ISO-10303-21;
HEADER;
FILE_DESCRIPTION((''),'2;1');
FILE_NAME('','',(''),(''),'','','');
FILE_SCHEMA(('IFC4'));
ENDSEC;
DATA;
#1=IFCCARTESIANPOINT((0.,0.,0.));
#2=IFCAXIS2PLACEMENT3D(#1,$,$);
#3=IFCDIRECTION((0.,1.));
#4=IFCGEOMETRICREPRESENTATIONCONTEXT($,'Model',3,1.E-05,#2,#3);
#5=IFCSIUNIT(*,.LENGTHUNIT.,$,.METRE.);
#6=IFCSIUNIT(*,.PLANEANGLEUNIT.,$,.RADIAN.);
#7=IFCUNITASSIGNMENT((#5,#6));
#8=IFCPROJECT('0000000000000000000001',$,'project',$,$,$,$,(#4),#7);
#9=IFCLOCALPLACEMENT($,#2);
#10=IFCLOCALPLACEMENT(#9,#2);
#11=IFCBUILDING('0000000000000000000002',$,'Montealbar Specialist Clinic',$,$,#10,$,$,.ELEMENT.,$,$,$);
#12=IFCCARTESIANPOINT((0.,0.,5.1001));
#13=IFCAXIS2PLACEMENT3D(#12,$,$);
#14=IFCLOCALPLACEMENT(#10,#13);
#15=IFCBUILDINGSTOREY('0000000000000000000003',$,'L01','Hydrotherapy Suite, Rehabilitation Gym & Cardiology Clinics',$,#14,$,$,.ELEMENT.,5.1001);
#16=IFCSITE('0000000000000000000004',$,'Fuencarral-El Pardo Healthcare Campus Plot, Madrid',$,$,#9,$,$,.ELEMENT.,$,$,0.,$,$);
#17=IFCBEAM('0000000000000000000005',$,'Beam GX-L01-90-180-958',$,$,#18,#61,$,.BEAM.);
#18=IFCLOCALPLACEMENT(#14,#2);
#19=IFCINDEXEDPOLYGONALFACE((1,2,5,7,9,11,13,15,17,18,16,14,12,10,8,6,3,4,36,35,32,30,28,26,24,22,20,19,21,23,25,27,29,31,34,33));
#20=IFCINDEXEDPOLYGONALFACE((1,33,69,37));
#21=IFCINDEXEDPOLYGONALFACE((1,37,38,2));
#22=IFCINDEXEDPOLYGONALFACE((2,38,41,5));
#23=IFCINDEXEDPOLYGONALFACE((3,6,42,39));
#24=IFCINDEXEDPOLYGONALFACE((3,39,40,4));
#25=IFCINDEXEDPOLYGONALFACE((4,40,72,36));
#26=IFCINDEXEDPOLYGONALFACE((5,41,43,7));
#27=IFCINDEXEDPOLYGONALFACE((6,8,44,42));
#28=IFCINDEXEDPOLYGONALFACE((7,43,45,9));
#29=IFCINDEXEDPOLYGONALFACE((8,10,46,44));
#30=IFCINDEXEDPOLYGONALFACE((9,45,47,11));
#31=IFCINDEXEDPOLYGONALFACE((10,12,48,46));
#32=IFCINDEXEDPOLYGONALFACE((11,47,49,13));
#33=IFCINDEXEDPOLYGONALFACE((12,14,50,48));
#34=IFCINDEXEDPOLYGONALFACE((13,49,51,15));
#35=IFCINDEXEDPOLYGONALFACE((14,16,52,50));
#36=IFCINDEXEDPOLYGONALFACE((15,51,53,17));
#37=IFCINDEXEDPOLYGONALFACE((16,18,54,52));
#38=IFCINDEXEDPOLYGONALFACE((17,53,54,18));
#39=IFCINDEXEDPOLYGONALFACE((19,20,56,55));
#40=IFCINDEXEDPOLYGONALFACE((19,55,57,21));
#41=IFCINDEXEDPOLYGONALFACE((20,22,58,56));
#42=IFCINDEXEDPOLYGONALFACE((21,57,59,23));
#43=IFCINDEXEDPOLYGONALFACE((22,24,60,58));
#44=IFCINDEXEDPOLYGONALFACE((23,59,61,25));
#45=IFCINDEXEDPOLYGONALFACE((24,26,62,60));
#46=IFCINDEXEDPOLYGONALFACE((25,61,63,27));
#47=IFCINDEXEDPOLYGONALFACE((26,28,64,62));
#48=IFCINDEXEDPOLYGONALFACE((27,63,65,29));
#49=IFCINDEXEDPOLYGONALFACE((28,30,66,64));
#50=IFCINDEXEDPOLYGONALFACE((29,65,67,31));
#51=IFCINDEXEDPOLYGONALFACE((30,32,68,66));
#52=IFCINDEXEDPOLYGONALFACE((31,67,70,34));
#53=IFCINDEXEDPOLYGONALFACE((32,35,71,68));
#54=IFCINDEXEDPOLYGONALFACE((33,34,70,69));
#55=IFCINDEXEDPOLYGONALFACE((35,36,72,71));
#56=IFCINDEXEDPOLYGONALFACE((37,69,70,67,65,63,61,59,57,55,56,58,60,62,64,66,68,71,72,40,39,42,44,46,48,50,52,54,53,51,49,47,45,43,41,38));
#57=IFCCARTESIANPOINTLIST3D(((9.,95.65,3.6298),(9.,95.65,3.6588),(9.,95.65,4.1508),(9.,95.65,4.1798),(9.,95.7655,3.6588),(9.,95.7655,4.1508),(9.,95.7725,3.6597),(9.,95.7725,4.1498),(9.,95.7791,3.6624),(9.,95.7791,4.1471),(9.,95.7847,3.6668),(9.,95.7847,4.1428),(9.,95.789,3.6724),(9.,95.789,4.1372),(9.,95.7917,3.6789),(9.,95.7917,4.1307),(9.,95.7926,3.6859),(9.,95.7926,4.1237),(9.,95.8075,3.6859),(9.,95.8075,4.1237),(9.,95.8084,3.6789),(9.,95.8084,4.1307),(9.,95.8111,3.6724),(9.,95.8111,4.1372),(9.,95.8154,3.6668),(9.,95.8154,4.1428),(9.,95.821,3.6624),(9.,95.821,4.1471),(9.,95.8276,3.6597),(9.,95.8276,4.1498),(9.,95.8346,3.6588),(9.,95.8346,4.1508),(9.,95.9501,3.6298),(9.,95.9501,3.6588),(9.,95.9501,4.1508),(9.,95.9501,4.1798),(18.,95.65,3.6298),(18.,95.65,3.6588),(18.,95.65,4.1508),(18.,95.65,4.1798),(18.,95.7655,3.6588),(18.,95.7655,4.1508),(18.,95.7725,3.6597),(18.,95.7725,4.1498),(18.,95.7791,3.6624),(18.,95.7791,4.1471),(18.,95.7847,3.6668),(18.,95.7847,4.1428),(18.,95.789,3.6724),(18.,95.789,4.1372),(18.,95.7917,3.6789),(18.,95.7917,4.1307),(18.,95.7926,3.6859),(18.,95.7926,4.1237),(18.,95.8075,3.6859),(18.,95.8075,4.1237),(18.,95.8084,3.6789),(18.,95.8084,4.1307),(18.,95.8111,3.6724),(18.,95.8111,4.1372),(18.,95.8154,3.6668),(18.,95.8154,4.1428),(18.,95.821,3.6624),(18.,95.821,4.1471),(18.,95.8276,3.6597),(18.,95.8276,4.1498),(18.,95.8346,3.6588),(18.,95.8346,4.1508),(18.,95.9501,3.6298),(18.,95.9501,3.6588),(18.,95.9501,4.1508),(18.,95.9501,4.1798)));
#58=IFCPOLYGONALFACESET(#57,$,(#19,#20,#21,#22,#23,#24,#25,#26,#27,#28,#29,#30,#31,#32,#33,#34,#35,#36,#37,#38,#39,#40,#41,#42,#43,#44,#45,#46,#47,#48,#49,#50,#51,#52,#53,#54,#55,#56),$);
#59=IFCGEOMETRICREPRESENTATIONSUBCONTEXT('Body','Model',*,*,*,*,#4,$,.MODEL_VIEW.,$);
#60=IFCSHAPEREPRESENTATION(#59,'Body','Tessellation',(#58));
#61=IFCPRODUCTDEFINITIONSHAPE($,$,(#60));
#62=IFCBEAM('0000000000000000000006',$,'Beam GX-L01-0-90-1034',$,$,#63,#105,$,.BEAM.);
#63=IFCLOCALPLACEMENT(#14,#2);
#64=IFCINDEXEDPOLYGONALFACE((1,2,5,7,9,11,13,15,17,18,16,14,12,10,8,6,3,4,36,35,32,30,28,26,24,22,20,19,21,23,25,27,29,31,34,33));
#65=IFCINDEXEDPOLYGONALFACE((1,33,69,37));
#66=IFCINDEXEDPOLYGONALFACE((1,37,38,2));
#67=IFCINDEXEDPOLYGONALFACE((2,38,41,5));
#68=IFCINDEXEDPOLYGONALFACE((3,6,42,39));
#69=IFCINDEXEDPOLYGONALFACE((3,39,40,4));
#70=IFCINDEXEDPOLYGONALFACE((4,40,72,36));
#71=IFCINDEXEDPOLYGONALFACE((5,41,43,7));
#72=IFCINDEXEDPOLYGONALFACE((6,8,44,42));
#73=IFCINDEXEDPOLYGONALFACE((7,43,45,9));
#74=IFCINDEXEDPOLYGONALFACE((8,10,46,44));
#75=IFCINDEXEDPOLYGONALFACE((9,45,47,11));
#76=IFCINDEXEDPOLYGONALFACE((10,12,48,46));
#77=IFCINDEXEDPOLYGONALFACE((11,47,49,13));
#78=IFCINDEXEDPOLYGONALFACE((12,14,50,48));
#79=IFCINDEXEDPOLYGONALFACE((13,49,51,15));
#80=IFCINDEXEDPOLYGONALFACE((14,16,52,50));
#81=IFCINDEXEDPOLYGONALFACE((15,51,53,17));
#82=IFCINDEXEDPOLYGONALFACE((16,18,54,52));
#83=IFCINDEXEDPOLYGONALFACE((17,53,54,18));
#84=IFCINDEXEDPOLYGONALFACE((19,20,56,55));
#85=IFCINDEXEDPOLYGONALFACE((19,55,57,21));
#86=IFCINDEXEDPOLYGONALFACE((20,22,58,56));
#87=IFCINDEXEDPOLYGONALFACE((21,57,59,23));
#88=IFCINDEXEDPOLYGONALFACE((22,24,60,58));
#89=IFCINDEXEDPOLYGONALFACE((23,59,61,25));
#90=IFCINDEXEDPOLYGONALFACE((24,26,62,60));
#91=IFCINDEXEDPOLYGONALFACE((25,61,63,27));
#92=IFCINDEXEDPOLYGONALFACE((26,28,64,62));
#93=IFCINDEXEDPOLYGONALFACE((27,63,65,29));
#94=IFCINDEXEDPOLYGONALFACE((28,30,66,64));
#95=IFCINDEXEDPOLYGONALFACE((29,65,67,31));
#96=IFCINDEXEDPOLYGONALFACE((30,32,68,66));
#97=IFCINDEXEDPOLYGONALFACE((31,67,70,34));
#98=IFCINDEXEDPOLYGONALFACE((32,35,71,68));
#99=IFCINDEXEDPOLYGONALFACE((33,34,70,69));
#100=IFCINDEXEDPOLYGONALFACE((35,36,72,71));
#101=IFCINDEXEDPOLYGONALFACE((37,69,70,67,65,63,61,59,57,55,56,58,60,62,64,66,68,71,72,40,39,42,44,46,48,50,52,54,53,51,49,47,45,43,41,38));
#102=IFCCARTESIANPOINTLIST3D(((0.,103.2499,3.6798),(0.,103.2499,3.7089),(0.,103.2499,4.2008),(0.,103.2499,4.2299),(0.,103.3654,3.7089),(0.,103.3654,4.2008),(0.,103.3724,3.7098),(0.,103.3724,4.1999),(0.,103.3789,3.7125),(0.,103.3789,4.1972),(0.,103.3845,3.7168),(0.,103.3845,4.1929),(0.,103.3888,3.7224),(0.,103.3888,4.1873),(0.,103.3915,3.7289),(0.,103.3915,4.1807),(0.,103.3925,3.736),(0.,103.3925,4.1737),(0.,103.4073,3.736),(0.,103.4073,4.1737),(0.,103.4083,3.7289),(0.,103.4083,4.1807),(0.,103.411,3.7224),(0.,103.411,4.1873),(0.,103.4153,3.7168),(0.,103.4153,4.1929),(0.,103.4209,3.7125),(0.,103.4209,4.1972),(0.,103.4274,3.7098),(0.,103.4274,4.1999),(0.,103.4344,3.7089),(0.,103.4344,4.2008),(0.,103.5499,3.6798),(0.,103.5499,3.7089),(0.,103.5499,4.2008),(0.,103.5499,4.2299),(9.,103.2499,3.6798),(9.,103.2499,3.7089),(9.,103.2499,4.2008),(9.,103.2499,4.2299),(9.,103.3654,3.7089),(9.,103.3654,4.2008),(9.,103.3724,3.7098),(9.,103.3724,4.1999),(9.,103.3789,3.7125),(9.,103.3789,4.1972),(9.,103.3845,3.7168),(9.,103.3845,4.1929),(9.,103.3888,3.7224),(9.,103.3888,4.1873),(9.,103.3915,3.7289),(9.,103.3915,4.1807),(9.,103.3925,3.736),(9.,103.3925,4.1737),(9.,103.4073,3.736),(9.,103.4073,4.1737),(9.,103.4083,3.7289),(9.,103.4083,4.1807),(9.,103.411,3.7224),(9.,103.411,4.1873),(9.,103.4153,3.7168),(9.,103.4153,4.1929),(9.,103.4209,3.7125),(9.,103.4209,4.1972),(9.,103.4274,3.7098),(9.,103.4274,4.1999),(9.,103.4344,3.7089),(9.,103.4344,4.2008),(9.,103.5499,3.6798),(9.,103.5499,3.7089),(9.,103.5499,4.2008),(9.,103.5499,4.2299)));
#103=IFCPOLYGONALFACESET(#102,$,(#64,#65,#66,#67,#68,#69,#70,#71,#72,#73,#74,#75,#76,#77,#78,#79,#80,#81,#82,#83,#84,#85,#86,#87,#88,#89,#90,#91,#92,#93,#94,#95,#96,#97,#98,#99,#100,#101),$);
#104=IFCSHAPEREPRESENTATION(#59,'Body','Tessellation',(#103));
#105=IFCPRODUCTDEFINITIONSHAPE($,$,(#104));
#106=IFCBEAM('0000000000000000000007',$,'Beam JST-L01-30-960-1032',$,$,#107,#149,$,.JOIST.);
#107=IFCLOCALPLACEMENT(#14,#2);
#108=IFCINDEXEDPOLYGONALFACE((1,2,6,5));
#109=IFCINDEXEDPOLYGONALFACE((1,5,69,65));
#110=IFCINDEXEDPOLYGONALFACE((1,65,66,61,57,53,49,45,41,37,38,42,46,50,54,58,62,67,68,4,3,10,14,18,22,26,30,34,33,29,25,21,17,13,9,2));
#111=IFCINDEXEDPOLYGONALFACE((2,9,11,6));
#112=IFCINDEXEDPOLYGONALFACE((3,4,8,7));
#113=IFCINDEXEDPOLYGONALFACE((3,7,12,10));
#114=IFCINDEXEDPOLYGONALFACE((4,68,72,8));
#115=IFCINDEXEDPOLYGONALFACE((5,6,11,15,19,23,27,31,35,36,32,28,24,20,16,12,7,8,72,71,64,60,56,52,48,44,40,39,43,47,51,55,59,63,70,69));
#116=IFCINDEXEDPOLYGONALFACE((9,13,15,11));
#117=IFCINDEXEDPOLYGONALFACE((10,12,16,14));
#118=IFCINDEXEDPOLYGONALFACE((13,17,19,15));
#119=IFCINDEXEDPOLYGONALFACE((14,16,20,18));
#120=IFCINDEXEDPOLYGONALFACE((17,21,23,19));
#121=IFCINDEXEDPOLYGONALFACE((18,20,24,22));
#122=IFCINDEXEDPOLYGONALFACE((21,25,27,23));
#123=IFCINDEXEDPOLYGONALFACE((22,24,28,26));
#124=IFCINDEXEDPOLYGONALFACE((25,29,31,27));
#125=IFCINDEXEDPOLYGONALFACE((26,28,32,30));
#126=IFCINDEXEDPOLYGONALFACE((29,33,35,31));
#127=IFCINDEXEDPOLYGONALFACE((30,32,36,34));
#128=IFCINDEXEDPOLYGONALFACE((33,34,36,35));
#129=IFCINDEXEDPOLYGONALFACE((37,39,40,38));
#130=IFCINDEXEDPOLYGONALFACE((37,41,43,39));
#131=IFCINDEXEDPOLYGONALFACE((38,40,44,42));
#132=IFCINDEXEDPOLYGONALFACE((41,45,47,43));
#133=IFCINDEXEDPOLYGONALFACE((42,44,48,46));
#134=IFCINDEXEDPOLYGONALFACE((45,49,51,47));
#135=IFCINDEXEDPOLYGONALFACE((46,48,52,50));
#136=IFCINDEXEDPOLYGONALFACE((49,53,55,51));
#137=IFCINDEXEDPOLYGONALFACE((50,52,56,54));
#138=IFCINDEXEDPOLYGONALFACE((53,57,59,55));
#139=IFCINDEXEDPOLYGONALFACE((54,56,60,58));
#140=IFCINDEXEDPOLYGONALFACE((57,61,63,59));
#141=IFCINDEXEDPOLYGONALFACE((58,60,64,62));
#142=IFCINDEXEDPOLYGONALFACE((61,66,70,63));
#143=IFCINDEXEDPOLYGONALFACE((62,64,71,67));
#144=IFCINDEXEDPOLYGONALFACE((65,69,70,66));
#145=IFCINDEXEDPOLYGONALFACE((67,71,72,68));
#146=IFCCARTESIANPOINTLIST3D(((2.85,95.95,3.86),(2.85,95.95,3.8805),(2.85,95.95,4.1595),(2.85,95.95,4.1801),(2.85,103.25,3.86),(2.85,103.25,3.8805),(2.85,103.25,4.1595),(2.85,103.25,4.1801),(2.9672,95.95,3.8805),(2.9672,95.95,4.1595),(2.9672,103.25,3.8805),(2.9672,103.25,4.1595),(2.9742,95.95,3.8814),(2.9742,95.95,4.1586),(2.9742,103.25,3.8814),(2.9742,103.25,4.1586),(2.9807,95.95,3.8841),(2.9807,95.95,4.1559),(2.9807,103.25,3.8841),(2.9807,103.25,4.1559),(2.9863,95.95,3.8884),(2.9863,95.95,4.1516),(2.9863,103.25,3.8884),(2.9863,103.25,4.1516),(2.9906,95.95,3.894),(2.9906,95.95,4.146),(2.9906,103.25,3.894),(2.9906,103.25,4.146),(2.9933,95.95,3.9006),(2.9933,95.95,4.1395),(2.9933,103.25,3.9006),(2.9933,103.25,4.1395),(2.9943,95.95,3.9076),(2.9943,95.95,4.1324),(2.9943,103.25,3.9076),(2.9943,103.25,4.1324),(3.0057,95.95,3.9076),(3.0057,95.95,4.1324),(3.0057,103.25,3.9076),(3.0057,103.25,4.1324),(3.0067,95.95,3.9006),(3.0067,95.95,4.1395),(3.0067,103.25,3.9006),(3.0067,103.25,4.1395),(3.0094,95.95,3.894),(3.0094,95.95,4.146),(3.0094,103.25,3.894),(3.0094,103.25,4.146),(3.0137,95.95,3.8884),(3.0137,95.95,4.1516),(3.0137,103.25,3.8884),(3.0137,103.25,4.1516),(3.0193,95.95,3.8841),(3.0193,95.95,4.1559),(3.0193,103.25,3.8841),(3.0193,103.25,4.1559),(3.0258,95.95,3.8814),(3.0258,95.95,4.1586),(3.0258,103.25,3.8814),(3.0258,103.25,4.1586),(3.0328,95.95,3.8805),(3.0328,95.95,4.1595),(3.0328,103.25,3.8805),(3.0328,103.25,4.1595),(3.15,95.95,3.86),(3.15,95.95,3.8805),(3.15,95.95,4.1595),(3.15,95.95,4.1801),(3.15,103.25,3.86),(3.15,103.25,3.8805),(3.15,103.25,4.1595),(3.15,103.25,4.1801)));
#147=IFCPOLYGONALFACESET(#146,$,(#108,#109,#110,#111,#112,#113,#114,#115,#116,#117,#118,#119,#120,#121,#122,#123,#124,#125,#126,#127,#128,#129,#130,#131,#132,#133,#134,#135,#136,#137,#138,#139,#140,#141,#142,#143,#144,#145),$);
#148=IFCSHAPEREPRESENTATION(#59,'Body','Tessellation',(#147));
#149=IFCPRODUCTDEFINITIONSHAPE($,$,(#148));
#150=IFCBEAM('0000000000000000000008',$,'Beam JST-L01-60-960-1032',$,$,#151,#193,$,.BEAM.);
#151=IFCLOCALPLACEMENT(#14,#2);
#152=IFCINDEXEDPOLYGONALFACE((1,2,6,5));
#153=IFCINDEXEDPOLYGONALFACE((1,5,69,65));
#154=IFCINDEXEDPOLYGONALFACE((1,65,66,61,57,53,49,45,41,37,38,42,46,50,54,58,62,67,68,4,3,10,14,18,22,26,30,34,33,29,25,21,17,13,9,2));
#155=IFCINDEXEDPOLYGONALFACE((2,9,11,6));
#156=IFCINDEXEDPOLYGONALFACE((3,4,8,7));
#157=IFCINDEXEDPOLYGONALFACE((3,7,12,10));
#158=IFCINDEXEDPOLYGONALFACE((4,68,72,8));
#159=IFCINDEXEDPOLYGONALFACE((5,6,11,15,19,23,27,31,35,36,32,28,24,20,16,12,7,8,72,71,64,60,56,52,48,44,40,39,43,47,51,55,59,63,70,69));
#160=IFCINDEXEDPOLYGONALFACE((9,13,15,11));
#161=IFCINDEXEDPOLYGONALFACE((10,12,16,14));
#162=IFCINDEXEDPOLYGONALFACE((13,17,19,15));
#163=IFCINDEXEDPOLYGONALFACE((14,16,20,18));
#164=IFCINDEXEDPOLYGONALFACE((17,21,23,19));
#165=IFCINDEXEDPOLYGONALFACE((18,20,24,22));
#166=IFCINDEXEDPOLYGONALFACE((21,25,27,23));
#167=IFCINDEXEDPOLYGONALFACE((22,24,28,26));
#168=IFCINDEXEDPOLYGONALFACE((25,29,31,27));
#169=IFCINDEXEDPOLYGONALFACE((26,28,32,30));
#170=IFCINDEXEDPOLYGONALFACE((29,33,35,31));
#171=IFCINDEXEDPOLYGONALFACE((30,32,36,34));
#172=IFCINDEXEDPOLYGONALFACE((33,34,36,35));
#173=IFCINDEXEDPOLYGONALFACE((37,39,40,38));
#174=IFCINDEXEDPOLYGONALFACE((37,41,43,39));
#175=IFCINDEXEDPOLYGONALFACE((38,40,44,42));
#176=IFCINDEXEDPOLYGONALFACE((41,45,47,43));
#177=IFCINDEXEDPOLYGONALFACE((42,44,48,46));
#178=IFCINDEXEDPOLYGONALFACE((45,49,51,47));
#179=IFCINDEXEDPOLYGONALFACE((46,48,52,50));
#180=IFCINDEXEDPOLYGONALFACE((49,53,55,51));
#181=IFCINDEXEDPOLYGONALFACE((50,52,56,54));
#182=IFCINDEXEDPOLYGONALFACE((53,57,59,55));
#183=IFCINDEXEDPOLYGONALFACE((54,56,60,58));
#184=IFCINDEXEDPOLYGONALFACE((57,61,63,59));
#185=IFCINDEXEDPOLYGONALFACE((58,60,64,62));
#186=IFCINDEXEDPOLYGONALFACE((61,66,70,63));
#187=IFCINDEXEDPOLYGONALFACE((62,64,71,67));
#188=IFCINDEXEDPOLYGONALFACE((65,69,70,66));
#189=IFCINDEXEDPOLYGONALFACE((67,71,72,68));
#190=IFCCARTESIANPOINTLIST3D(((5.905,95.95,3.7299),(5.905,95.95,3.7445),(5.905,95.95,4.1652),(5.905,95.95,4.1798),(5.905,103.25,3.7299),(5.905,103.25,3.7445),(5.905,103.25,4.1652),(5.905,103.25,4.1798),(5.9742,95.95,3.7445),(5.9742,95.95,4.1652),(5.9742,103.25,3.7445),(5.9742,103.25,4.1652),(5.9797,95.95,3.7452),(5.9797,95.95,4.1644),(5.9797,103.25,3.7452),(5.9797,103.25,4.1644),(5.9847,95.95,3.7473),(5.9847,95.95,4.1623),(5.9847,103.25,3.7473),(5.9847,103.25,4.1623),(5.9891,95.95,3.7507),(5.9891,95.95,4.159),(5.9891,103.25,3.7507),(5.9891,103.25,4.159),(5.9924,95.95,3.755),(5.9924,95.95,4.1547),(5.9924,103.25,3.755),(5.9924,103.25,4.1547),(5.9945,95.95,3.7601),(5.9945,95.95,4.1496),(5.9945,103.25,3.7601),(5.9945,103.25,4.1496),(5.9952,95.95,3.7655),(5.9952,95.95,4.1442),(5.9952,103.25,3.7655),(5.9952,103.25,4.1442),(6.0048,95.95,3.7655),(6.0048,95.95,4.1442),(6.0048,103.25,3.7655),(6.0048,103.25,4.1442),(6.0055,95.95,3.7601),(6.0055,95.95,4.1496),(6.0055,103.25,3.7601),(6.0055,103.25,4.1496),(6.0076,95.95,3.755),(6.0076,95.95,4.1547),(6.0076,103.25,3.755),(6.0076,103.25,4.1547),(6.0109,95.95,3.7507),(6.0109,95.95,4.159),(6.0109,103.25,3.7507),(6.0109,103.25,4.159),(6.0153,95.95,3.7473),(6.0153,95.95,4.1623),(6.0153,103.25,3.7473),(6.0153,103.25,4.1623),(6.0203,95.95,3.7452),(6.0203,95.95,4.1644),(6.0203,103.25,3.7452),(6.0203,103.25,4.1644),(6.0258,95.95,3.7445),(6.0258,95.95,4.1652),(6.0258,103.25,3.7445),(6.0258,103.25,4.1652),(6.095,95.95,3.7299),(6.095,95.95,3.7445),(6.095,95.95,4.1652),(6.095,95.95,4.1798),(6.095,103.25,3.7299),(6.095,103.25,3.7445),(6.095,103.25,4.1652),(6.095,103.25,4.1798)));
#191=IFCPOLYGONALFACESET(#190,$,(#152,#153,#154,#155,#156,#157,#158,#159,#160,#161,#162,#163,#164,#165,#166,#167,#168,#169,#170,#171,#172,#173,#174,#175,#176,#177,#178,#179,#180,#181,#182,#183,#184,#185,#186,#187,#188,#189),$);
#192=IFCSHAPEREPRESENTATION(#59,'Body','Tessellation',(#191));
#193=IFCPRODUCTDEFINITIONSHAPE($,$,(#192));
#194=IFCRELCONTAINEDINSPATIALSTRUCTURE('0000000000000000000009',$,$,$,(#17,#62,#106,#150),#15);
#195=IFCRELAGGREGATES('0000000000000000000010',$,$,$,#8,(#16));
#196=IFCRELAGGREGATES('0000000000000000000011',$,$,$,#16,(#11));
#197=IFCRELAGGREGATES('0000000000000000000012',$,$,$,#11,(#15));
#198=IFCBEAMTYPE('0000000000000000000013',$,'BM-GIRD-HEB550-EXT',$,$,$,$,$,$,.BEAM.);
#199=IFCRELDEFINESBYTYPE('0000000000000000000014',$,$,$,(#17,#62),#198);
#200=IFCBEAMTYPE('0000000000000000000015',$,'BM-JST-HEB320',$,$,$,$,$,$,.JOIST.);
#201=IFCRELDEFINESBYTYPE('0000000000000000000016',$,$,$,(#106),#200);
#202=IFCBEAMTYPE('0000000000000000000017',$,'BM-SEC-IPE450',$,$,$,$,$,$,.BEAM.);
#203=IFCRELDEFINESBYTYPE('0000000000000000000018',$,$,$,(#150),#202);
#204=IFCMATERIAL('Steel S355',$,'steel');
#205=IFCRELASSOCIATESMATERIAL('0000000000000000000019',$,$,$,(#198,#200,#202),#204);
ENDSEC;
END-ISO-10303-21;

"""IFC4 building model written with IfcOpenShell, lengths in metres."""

from ifc_helpers import new_model, si_unit, direction, frame, origin, origin_2d, place, context, subcontext, project, spatial, i_section, extrude, material, material_profile, profile_set, type_object, element, save


model = new_model("IFC4")

# Units and contexts
model_context = context("Model", 3, precision=1e-05, world=origin(), true_north=direction((0.0, 1.0)))
body_context = subcontext(model_context, "Body", "Model", "MODEL_VIEW")
ifc_project = project(units=[si_unit("LENGTHUNIT", "METRE"), si_unit("PLANEANGLEUNIT", "RADIAN")], contexts=[model_context])

# Site, building, storey
site_placement = place(None, origin())
site = spatial("IfcSite", under=ifc_project, at=site_placement, Name="Fuencarral-El Pardo Healthcare Campus Plot, Madrid", CompositionType="ELEMENT", RefElevation=0.0)
building_placement = place(site_placement, origin())
building = spatial("IfcBuilding", under=site, at=building_placement, Name="Montealbar Specialist Clinic", CompositionType="ELEMENT")
storey_placement = place(building_placement, frame((0.0, 0.0, 5.1001)))
storey = spatial("IfcBuildingStorey", under=building, at=storey_placement, Name="L01", Description="Hydrotherapy Suite, Rehabilitation Gym & Cardiology Clinics", CompositionType="ELEMENT", Elevation=5.1001)

# Beams
ifc_material_1 = material(Name="Steel S355", Category="steel")
ifc_material_profile_1 = material_profile(ifc_material_1, i_section(OverallWidth=0.3, OverallDepth=0.55, WebThickness=0.0149, FlangeThickness=0.0291, FilletRadius=0.0271, at=origin_2d()), Name="HEB 550", Category="steel")
ifc_profile_set_1 = profile_set([ifc_material_profile_1], Name="Steel S355")
beam_type_1 = type_object("IfcBeamType", Name="BM-GIRD-HEB550-EXT", PredefinedType="BEAM", material=ifc_profile_set_1)
for number, where, z_axis, x_axis, name in (
    (1, (9.0, 95.8, 3.9048), (1.0, 0.0, 0.0), (0.0, 1.0, 0.0), "Beam GX-L01-90-180-958"),
    (2, (0.0, 103.3999, 3.9548), (1.0, 0.0, 0.0), (0.0, 1.0, 0.0), "Beam GX-L01-0-90-1034"),
):
    element("IfcBeam", number, at=place(storey_placement, frame(where, z_axis=z_axis, x_axis=x_axis)), inside=storey, type_object=beam_type_1, Name=name, PredefinedType="BEAM", context=body_context, shape_type="SweptSolid", body=[
        extrude(i_section(OverallWidth=0.3, OverallDepth=0.55, WebThickness=0.0149, FlangeThickness=0.0291, FilletRadius=0.0271, at=origin_2d()), origin(), (0.0, 0.0, 1.0), 9.0),
    ])
ifc_material_profile_2 = material_profile(ifc_material_1, i_section(OverallWidth=0.3, OverallDepth=0.3201, WebThickness=0.0115, FlangeThickness=0.0205, FilletRadius=0.0271, at=origin_2d()), Name="HEB 320", Category="steel")
ifc_profile_set_2 = profile_set([ifc_material_profile_2], Name="Steel S355")
beam_type_2 = type_object("IfcBeamType", Name="BM-JST-HEB320", PredefinedType="JOIST", material=ifc_profile_set_2)
beam_1_placement = place(storey_placement, frame((3.0, 95.95, 4.02), z_axis=(0.0, 1.0, 0.0), x_axis=(-1.0, 0.0, 0.0)))
element("IfcBeam", 3, at=beam_1_placement, inside=storey, type_object=beam_type_2, Name="Beam JST-L01-30-960-1032", PredefinedType="JOIST", context=body_context, shape_type="SweptSolid", body=[
    extrude(i_section(OverallWidth=0.3, OverallDepth=0.3201, WebThickness=0.0115, FlangeThickness=0.0205, FilletRadius=0.0271, at=origin_2d()), origin(), (0.0, 0.0, 1.0), 7.3),
])
ifc_material_profile_3 = material_profile(ifc_material_1, i_section(OverallWidth=0.1899, OverallDepth=0.45, WebThickness=0.0095, FlangeThickness=0.0146, FilletRadius=0.021, at=origin_2d()), Name="IPE 450", Category="steel")
ifc_profile_set_3 = profile_set([ifc_material_profile_3], Name="Steel S355")
beam_type_3 = type_object("IfcBeamType", Name="BM-SEC-IPE450", PredefinedType="BEAM", material=ifc_profile_set_3)
beam_2_placement = place(storey_placement, frame((6.0, 95.95, 3.9548), z_axis=(0.0, 1.0, 0.0), x_axis=(-1.0, 0.0, 0.0)))
element("IfcBeam", 4, at=beam_2_placement, inside=storey, type_object=beam_type_3, Name="Beam JST-L01-60-960-1032", PredefinedType="BEAM", context=body_context, shape_type="SweptSolid", body=[
    extrude(i_section(OverallWidth=0.1899, OverallDepth=0.45, WebThickness=0.0095, FlangeThickness=0.0146, FilletRadius=0.021, at=origin_2d()), origin(), (0.0, 0.0, 1.0), 7.3),
])

save(model, "model.ifc")
